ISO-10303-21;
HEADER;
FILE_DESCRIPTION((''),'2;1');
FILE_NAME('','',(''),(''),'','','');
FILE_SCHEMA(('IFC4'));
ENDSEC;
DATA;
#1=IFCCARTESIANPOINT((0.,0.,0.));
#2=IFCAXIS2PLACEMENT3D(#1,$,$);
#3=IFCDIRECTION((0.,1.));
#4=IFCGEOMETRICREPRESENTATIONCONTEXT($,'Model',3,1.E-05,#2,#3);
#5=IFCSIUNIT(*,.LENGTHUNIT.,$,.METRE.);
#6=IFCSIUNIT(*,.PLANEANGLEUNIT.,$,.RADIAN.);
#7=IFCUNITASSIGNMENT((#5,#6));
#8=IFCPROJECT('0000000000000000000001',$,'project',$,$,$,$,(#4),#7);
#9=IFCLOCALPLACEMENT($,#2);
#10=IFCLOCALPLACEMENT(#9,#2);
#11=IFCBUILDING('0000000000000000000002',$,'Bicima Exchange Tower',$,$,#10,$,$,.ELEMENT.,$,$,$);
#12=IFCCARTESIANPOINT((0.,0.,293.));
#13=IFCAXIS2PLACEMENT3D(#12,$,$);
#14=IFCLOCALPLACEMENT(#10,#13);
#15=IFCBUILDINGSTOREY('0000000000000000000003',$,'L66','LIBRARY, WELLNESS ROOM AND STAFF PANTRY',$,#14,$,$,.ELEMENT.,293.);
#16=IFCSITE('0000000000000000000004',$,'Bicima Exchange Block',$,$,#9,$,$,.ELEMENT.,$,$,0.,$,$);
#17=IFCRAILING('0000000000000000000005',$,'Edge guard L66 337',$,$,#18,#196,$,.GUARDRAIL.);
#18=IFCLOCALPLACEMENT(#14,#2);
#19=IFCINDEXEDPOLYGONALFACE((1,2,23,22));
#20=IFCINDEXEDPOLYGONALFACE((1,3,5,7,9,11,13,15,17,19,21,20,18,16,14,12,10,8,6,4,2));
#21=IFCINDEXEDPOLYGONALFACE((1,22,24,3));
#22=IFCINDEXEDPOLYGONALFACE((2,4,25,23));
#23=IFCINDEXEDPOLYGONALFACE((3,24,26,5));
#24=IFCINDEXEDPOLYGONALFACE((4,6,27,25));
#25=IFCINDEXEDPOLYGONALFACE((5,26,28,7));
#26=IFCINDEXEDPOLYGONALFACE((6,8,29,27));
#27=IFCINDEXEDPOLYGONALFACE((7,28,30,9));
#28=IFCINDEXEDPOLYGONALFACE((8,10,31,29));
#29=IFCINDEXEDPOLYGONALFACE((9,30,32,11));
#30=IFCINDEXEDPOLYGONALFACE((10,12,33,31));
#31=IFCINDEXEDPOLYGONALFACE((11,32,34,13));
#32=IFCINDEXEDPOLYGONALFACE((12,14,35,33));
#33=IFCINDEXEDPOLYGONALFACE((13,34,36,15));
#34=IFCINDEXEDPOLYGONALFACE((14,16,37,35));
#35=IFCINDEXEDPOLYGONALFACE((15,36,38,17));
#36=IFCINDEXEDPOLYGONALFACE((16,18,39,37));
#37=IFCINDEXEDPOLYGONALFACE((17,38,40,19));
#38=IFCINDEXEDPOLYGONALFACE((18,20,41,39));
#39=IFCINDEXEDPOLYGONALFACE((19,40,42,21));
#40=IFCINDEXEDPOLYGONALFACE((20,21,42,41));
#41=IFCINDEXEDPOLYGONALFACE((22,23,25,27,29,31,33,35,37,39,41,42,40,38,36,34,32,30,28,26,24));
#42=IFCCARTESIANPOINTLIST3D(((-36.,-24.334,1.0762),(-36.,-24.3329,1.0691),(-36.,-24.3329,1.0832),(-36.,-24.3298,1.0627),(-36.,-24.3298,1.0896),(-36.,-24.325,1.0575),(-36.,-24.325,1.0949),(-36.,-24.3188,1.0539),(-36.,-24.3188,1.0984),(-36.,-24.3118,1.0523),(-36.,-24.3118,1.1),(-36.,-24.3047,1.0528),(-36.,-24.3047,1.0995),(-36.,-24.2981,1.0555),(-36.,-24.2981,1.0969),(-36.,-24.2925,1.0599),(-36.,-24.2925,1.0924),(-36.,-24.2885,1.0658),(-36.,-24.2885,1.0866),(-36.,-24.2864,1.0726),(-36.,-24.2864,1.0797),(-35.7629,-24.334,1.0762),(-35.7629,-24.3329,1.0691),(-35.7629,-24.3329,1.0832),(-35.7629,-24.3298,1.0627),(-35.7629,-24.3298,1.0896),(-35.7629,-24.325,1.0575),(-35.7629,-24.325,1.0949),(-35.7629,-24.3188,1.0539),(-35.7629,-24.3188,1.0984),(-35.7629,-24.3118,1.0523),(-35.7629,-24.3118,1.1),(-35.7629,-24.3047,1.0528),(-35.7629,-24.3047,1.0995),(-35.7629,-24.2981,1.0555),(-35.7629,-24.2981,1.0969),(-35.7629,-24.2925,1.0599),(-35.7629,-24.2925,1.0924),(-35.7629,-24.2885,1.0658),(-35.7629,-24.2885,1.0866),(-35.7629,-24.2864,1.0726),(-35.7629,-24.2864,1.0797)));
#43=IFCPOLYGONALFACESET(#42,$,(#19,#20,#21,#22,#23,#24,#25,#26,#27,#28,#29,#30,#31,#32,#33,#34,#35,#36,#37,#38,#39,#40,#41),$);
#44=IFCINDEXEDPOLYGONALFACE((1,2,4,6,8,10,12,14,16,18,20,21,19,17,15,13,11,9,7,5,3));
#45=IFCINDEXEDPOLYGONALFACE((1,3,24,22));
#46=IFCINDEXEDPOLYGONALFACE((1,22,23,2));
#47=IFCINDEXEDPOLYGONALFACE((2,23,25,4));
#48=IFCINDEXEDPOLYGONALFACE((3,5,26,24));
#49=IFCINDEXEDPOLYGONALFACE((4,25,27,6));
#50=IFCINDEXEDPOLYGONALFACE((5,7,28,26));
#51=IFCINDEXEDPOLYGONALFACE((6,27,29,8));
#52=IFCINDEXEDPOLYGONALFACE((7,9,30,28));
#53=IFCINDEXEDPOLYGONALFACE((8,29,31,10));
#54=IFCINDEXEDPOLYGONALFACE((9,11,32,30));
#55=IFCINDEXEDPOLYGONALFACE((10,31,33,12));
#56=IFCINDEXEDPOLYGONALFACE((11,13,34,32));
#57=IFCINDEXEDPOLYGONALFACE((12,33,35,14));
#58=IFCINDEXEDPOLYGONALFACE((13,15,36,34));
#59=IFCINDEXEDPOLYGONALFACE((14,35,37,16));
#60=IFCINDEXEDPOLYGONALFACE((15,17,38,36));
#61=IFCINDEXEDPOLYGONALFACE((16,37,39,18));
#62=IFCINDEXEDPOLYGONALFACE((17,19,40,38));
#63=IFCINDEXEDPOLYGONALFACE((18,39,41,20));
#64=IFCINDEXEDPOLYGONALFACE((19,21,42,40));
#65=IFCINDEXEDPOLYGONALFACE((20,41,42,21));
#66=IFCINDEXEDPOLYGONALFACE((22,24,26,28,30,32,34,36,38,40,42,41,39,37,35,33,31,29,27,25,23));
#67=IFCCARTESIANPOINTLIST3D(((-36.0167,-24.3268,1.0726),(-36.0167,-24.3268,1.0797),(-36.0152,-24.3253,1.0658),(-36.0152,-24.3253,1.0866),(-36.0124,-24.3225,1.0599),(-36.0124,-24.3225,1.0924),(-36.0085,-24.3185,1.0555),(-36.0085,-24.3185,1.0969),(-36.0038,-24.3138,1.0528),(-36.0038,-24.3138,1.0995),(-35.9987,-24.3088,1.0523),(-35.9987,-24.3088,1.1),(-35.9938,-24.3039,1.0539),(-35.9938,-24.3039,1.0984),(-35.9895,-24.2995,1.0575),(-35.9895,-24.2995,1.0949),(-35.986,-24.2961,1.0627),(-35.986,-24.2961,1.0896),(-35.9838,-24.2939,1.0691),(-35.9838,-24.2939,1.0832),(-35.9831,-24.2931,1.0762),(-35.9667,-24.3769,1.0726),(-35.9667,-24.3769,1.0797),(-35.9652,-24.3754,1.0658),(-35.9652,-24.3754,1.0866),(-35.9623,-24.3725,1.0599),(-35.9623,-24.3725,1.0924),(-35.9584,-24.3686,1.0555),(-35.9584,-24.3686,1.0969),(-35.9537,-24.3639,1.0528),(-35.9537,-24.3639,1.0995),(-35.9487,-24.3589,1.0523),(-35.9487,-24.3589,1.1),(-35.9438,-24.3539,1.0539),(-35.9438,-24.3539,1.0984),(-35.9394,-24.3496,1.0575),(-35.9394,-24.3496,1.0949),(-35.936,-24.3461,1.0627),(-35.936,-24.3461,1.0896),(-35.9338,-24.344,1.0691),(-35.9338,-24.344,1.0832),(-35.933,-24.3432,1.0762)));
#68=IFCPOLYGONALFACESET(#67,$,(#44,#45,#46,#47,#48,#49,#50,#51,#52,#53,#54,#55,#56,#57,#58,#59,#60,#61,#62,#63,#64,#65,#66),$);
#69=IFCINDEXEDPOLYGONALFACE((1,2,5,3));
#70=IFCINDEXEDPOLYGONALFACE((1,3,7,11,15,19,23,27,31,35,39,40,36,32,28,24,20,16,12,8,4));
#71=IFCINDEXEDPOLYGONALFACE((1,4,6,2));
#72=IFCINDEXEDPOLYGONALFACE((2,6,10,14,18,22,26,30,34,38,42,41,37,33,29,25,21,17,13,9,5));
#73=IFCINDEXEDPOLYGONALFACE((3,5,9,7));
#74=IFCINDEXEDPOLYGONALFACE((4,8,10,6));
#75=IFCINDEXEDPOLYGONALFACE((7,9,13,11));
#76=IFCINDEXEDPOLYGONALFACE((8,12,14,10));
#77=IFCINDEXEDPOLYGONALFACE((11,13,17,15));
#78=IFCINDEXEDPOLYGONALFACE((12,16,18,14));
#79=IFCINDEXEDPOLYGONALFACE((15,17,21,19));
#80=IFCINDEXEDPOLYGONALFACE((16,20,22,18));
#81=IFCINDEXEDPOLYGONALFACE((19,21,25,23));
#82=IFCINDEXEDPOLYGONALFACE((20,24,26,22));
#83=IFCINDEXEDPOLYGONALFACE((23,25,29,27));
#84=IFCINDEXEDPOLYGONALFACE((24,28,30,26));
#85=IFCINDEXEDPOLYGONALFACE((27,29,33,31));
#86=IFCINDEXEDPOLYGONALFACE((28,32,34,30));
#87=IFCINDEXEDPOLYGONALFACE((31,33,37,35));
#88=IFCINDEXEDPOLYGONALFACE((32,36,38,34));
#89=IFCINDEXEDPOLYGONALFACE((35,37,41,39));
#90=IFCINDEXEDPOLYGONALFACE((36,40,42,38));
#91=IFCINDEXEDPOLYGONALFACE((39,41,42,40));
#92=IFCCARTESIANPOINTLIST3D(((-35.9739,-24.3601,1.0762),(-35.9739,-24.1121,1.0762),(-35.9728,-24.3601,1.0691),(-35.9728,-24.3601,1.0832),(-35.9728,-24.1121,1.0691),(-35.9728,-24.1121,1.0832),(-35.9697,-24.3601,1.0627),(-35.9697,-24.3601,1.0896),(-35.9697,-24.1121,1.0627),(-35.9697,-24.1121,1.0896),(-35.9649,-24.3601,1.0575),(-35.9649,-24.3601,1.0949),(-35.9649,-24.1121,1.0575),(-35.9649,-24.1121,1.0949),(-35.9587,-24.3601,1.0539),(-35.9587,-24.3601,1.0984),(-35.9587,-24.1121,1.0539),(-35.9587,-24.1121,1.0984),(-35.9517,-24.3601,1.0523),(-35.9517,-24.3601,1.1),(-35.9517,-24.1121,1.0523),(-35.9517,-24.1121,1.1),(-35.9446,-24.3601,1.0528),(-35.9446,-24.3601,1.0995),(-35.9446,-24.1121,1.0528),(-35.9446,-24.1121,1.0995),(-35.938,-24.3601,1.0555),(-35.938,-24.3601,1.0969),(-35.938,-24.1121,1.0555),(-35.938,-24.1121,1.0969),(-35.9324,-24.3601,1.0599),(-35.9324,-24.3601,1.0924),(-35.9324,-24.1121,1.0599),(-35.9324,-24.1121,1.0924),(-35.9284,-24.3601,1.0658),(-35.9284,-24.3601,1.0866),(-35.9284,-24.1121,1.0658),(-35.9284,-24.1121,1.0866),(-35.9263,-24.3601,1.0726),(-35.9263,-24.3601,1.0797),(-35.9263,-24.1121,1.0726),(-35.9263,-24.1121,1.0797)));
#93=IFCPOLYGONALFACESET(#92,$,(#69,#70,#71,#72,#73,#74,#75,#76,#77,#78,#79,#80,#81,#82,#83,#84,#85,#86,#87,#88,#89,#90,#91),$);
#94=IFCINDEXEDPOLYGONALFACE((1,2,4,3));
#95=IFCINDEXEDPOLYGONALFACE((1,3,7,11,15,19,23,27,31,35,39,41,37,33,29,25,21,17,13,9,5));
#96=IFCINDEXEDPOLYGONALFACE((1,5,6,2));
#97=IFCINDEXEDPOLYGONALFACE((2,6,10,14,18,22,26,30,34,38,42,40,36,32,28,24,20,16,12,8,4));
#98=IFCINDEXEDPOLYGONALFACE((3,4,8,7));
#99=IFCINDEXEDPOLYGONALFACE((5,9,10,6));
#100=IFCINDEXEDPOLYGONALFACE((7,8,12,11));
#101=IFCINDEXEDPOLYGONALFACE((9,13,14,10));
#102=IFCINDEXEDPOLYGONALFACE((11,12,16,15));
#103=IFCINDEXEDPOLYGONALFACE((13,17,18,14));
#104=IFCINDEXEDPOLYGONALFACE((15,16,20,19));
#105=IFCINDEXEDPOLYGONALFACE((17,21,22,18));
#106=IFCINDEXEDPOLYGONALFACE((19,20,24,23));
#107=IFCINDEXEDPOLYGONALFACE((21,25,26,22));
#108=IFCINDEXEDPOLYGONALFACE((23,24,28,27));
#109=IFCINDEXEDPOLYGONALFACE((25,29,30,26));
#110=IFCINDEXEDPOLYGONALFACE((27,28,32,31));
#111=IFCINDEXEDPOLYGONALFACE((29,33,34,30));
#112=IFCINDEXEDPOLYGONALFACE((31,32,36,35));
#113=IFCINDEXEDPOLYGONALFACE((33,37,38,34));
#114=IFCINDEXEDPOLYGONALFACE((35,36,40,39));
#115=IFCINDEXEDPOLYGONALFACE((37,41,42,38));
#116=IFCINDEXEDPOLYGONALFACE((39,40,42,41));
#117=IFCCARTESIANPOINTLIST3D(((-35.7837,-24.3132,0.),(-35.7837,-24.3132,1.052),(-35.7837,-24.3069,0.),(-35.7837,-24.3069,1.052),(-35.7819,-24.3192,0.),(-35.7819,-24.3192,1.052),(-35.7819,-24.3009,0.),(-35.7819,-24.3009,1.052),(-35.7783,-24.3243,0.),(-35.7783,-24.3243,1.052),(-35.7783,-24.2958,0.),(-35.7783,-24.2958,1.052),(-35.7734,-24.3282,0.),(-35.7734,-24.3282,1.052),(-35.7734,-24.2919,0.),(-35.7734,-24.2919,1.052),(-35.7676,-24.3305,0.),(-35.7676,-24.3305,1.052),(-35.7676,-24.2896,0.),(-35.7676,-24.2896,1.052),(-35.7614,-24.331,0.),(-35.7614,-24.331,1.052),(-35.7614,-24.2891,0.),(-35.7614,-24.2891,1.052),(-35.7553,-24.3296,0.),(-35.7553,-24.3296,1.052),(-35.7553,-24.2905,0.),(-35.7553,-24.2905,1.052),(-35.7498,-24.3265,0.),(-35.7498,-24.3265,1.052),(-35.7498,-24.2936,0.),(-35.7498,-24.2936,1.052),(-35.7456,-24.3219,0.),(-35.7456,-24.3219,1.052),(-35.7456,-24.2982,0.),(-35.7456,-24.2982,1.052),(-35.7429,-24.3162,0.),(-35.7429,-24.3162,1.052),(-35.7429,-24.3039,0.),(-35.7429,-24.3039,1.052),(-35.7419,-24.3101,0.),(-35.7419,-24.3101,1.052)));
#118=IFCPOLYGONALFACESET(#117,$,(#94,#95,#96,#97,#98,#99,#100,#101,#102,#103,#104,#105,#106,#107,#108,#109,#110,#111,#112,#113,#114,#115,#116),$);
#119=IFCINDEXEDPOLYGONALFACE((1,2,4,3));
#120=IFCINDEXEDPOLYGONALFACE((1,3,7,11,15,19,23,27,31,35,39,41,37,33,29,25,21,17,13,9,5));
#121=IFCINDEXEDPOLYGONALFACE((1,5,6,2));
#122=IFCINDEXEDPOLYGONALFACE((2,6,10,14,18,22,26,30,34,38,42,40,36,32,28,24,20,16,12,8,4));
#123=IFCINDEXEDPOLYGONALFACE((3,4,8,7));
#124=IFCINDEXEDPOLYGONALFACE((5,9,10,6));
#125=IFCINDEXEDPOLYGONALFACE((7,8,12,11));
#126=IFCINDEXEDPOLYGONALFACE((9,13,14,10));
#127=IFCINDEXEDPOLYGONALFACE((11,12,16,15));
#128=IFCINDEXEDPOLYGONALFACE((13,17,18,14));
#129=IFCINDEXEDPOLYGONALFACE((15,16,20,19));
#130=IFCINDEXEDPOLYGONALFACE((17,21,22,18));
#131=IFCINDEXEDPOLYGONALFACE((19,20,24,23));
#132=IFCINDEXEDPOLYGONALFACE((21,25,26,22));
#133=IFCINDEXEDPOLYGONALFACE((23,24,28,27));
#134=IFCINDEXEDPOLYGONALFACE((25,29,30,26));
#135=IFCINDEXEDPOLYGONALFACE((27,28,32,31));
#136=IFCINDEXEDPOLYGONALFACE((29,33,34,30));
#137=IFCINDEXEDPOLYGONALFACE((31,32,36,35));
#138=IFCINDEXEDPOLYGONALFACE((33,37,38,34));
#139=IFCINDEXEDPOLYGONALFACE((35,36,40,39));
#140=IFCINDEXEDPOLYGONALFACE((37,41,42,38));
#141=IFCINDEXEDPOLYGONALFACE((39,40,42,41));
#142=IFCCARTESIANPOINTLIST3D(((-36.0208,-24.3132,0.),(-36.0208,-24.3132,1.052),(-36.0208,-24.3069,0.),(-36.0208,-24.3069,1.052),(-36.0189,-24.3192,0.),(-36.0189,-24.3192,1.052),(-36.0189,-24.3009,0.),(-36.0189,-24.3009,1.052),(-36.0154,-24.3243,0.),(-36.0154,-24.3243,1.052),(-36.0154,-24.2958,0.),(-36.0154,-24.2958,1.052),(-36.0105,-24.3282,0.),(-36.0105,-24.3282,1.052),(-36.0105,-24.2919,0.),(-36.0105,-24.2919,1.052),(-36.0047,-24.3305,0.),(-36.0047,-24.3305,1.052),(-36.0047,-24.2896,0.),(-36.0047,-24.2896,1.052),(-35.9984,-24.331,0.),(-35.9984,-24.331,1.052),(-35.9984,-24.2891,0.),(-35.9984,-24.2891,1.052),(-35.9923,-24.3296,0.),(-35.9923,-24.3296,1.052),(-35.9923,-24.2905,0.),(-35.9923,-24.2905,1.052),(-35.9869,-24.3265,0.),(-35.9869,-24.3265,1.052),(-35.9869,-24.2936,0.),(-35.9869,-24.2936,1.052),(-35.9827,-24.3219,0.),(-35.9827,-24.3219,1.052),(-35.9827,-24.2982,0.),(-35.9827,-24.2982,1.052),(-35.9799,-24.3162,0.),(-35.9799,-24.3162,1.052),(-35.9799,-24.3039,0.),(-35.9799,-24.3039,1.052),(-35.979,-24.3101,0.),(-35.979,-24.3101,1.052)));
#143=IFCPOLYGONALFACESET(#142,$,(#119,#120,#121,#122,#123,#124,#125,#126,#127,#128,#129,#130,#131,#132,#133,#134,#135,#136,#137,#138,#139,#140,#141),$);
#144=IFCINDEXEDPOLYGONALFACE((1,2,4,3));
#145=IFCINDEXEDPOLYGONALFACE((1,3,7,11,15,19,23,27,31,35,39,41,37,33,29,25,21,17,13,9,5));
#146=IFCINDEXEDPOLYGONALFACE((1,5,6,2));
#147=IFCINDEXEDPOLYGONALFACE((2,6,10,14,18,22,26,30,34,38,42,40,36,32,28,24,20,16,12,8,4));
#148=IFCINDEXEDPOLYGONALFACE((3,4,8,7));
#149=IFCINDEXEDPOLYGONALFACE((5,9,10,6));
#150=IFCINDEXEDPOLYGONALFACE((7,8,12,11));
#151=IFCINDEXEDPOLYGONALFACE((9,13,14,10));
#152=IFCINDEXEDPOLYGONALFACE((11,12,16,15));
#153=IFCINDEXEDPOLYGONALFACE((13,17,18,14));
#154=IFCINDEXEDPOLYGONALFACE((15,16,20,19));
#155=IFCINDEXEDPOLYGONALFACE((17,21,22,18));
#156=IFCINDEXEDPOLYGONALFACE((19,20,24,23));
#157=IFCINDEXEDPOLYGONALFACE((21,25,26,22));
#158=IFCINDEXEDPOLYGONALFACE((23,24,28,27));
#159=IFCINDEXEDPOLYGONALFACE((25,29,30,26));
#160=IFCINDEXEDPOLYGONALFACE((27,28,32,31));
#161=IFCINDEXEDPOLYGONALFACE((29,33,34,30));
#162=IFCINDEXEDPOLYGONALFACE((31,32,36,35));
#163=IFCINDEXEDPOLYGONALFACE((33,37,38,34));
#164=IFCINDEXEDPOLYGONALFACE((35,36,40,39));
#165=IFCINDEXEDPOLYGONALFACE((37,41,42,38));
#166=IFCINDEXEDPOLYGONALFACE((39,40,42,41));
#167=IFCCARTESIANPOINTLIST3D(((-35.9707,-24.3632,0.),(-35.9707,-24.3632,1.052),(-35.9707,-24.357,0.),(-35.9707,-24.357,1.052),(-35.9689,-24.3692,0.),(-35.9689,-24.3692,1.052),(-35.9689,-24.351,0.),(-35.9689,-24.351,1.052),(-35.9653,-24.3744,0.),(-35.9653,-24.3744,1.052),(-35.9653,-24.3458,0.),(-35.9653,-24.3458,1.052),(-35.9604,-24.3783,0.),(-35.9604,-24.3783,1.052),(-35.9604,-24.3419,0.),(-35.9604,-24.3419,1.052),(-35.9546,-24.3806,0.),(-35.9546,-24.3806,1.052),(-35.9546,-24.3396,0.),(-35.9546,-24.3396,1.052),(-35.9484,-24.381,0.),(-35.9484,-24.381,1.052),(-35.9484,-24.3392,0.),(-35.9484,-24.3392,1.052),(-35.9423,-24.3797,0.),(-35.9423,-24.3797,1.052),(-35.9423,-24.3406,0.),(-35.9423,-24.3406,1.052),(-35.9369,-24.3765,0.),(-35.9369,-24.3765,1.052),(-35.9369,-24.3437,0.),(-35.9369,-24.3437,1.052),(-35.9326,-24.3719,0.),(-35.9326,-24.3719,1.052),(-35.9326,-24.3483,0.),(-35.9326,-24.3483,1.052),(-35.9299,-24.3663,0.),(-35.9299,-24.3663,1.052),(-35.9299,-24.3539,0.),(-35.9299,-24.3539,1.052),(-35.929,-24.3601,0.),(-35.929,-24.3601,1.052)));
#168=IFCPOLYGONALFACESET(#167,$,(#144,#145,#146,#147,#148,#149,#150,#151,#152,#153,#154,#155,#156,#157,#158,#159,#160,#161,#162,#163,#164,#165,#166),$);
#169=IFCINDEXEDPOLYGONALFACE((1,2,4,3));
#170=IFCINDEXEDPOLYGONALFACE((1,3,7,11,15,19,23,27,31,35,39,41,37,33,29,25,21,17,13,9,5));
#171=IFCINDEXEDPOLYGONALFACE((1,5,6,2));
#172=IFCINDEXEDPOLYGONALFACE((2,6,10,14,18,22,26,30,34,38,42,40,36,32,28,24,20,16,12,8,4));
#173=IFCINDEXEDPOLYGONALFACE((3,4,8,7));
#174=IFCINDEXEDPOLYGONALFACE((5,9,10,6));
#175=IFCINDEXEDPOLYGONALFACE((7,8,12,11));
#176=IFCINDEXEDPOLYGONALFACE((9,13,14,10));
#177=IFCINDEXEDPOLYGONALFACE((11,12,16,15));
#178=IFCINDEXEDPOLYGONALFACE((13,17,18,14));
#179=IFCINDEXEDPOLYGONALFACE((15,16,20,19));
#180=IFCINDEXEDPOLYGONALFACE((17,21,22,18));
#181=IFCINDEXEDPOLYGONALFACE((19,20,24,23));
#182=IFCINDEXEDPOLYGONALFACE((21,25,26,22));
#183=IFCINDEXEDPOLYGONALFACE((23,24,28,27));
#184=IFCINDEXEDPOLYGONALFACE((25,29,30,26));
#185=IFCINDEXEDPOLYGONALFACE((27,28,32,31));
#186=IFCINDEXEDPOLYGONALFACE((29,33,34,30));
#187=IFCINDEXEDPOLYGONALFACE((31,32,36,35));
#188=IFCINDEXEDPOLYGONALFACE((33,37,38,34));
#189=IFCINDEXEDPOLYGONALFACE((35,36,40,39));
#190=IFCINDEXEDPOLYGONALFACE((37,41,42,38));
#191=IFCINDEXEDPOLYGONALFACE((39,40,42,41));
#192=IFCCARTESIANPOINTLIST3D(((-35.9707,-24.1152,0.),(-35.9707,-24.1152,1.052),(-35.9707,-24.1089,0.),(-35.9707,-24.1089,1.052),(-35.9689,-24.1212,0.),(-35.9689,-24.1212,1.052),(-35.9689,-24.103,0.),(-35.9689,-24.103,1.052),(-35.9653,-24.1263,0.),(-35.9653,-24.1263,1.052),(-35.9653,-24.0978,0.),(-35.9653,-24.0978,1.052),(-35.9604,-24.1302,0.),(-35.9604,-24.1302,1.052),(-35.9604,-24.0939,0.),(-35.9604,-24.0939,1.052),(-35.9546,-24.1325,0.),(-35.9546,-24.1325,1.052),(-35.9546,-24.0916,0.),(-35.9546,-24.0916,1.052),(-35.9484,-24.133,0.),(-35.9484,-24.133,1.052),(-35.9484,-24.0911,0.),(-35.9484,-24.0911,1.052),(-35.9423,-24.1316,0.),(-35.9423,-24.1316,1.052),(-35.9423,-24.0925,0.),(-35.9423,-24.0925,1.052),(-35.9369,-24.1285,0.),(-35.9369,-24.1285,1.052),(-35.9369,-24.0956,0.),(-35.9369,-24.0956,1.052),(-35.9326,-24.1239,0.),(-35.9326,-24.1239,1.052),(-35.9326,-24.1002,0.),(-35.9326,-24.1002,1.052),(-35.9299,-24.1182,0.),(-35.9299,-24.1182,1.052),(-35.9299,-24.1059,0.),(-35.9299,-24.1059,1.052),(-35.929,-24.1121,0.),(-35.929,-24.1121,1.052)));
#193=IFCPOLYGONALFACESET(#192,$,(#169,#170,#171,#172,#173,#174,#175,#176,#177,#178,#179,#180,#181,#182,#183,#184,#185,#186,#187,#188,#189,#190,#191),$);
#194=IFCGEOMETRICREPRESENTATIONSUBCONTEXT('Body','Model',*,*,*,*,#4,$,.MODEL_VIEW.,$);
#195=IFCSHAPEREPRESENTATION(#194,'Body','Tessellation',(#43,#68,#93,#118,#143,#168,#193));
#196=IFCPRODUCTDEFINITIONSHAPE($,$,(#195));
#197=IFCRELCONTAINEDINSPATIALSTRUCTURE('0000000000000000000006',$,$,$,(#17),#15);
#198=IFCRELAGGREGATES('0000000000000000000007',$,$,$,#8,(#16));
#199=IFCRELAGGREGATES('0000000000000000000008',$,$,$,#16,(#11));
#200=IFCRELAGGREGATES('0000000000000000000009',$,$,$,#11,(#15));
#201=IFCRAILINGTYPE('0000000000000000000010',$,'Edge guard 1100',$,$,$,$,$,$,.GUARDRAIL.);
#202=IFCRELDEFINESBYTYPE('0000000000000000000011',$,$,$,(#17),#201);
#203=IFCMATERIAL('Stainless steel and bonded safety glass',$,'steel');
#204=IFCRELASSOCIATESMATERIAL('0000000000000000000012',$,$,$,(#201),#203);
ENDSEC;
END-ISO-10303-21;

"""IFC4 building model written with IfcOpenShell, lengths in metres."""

from ifc_helpers import new_model, si_unit, direction, frame, origin, origin_2d, place, context, subcontext, project, spatial, circle, extrude, material, type_object, element, save


model = new_model("IFC4")

# Units and contexts
model_context = context("Model", 3, precision=1e-05, world=origin(), true_north=direction((0.0, 1.0)))
body_context = subcontext(model_context, "Body", "Model", "MODEL_VIEW")
ifc_project = project(units=[si_unit("LENGTHUNIT", "METRE"), si_unit("PLANEANGLEUNIT", "RADIAN")], contexts=[model_context])

# Site, building, storey
site_placement = place(None, origin())
site = spatial("IfcSite", under=ifc_project, at=site_placement, Name="Bicima Exchange Block", CompositionType="ELEMENT", RefElevation=0.0)
building_placement = place(site_placement, origin())
building = spatial("IfcBuilding", under=site, at=building_placement, Name="Bicima Exchange Tower", CompositionType="ELEMENT")
storey_placement = place(building_placement, frame((0.0, 0.0, 293.0)))
storey = spatial("IfcBuildingStorey", under=building, at=storey_placement, Name="L66", Description="LIBRARY, WELLNESS ROOM AND STAFF PANTRY", CompositionType="ELEMENT", Elevation=293.0)

# Railing
ifc_material_1 = material(Name="Stainless steel and bonded safety glass", Category="steel")
railing_type = type_object("IfcRailingType", Name="Edge guard 1100", PredefinedType="GUARDRAIL", material=ifc_material_1)
railing_placement = place(storey_placement, frame((-35.7629, -24.3101, 0.0)))
element("IfcRailing", 1, at=railing_placement, inside=storey, type_object=railing_type, Name="Edge guard L66 337", PredefinedType="GUARDRAIL", context=body_context, shape_type="SweptSolid", body=[
    extrude(circle(Radius=0.0239, at=origin_2d()), frame((0.0, 0.0, 1.0762), z_axis=(-1.0, 0.0, 0.0), x_axis=(0.0, -1.0, 0.0)), (0.0, 0.0, 1.0), 0.2371),
    extrude(circle(Radius=0.0239, at=origin_2d()), frame((-0.2371, 0.0, 1.0762), z_axis=(0.707107, -0.707107, 0.0), x_axis=(0.707107, 0.707107, 0.0)), (0.0, 0.0, 1.0), 0.0708),
    extrude(circle(Radius=0.0239, at=origin_2d()), frame((-0.187, -0.05, 1.0762), z_axis=(0.0, 1.0, 0.0), x_axis=(-1.0, 0.0, 0.0)), (0.0, 0.0, 1.0), 0.248),
    extrude(circle(Radius=0.021, at=origin_2d()), origin(), (0.0, 0.0, 1.0), 1.052),
    extrude(circle(Radius=0.021, at=origin_2d()), frame((-0.2371, 0.0, 0.0)), (0.0, 0.0, 1.0), 1.052),
    extrude(circle(Radius=0.021, at=origin_2d()), frame((-0.187, -0.05, 0.0)), (0.0, 0.0, 1.0), 1.052),
    extrude(circle(Radius=0.021, at=origin_2d()), frame((-0.187, 0.198, 0.0)), (0.0, 0.0, 1.0), 1.052),
])

save(model, "model.ifc")
